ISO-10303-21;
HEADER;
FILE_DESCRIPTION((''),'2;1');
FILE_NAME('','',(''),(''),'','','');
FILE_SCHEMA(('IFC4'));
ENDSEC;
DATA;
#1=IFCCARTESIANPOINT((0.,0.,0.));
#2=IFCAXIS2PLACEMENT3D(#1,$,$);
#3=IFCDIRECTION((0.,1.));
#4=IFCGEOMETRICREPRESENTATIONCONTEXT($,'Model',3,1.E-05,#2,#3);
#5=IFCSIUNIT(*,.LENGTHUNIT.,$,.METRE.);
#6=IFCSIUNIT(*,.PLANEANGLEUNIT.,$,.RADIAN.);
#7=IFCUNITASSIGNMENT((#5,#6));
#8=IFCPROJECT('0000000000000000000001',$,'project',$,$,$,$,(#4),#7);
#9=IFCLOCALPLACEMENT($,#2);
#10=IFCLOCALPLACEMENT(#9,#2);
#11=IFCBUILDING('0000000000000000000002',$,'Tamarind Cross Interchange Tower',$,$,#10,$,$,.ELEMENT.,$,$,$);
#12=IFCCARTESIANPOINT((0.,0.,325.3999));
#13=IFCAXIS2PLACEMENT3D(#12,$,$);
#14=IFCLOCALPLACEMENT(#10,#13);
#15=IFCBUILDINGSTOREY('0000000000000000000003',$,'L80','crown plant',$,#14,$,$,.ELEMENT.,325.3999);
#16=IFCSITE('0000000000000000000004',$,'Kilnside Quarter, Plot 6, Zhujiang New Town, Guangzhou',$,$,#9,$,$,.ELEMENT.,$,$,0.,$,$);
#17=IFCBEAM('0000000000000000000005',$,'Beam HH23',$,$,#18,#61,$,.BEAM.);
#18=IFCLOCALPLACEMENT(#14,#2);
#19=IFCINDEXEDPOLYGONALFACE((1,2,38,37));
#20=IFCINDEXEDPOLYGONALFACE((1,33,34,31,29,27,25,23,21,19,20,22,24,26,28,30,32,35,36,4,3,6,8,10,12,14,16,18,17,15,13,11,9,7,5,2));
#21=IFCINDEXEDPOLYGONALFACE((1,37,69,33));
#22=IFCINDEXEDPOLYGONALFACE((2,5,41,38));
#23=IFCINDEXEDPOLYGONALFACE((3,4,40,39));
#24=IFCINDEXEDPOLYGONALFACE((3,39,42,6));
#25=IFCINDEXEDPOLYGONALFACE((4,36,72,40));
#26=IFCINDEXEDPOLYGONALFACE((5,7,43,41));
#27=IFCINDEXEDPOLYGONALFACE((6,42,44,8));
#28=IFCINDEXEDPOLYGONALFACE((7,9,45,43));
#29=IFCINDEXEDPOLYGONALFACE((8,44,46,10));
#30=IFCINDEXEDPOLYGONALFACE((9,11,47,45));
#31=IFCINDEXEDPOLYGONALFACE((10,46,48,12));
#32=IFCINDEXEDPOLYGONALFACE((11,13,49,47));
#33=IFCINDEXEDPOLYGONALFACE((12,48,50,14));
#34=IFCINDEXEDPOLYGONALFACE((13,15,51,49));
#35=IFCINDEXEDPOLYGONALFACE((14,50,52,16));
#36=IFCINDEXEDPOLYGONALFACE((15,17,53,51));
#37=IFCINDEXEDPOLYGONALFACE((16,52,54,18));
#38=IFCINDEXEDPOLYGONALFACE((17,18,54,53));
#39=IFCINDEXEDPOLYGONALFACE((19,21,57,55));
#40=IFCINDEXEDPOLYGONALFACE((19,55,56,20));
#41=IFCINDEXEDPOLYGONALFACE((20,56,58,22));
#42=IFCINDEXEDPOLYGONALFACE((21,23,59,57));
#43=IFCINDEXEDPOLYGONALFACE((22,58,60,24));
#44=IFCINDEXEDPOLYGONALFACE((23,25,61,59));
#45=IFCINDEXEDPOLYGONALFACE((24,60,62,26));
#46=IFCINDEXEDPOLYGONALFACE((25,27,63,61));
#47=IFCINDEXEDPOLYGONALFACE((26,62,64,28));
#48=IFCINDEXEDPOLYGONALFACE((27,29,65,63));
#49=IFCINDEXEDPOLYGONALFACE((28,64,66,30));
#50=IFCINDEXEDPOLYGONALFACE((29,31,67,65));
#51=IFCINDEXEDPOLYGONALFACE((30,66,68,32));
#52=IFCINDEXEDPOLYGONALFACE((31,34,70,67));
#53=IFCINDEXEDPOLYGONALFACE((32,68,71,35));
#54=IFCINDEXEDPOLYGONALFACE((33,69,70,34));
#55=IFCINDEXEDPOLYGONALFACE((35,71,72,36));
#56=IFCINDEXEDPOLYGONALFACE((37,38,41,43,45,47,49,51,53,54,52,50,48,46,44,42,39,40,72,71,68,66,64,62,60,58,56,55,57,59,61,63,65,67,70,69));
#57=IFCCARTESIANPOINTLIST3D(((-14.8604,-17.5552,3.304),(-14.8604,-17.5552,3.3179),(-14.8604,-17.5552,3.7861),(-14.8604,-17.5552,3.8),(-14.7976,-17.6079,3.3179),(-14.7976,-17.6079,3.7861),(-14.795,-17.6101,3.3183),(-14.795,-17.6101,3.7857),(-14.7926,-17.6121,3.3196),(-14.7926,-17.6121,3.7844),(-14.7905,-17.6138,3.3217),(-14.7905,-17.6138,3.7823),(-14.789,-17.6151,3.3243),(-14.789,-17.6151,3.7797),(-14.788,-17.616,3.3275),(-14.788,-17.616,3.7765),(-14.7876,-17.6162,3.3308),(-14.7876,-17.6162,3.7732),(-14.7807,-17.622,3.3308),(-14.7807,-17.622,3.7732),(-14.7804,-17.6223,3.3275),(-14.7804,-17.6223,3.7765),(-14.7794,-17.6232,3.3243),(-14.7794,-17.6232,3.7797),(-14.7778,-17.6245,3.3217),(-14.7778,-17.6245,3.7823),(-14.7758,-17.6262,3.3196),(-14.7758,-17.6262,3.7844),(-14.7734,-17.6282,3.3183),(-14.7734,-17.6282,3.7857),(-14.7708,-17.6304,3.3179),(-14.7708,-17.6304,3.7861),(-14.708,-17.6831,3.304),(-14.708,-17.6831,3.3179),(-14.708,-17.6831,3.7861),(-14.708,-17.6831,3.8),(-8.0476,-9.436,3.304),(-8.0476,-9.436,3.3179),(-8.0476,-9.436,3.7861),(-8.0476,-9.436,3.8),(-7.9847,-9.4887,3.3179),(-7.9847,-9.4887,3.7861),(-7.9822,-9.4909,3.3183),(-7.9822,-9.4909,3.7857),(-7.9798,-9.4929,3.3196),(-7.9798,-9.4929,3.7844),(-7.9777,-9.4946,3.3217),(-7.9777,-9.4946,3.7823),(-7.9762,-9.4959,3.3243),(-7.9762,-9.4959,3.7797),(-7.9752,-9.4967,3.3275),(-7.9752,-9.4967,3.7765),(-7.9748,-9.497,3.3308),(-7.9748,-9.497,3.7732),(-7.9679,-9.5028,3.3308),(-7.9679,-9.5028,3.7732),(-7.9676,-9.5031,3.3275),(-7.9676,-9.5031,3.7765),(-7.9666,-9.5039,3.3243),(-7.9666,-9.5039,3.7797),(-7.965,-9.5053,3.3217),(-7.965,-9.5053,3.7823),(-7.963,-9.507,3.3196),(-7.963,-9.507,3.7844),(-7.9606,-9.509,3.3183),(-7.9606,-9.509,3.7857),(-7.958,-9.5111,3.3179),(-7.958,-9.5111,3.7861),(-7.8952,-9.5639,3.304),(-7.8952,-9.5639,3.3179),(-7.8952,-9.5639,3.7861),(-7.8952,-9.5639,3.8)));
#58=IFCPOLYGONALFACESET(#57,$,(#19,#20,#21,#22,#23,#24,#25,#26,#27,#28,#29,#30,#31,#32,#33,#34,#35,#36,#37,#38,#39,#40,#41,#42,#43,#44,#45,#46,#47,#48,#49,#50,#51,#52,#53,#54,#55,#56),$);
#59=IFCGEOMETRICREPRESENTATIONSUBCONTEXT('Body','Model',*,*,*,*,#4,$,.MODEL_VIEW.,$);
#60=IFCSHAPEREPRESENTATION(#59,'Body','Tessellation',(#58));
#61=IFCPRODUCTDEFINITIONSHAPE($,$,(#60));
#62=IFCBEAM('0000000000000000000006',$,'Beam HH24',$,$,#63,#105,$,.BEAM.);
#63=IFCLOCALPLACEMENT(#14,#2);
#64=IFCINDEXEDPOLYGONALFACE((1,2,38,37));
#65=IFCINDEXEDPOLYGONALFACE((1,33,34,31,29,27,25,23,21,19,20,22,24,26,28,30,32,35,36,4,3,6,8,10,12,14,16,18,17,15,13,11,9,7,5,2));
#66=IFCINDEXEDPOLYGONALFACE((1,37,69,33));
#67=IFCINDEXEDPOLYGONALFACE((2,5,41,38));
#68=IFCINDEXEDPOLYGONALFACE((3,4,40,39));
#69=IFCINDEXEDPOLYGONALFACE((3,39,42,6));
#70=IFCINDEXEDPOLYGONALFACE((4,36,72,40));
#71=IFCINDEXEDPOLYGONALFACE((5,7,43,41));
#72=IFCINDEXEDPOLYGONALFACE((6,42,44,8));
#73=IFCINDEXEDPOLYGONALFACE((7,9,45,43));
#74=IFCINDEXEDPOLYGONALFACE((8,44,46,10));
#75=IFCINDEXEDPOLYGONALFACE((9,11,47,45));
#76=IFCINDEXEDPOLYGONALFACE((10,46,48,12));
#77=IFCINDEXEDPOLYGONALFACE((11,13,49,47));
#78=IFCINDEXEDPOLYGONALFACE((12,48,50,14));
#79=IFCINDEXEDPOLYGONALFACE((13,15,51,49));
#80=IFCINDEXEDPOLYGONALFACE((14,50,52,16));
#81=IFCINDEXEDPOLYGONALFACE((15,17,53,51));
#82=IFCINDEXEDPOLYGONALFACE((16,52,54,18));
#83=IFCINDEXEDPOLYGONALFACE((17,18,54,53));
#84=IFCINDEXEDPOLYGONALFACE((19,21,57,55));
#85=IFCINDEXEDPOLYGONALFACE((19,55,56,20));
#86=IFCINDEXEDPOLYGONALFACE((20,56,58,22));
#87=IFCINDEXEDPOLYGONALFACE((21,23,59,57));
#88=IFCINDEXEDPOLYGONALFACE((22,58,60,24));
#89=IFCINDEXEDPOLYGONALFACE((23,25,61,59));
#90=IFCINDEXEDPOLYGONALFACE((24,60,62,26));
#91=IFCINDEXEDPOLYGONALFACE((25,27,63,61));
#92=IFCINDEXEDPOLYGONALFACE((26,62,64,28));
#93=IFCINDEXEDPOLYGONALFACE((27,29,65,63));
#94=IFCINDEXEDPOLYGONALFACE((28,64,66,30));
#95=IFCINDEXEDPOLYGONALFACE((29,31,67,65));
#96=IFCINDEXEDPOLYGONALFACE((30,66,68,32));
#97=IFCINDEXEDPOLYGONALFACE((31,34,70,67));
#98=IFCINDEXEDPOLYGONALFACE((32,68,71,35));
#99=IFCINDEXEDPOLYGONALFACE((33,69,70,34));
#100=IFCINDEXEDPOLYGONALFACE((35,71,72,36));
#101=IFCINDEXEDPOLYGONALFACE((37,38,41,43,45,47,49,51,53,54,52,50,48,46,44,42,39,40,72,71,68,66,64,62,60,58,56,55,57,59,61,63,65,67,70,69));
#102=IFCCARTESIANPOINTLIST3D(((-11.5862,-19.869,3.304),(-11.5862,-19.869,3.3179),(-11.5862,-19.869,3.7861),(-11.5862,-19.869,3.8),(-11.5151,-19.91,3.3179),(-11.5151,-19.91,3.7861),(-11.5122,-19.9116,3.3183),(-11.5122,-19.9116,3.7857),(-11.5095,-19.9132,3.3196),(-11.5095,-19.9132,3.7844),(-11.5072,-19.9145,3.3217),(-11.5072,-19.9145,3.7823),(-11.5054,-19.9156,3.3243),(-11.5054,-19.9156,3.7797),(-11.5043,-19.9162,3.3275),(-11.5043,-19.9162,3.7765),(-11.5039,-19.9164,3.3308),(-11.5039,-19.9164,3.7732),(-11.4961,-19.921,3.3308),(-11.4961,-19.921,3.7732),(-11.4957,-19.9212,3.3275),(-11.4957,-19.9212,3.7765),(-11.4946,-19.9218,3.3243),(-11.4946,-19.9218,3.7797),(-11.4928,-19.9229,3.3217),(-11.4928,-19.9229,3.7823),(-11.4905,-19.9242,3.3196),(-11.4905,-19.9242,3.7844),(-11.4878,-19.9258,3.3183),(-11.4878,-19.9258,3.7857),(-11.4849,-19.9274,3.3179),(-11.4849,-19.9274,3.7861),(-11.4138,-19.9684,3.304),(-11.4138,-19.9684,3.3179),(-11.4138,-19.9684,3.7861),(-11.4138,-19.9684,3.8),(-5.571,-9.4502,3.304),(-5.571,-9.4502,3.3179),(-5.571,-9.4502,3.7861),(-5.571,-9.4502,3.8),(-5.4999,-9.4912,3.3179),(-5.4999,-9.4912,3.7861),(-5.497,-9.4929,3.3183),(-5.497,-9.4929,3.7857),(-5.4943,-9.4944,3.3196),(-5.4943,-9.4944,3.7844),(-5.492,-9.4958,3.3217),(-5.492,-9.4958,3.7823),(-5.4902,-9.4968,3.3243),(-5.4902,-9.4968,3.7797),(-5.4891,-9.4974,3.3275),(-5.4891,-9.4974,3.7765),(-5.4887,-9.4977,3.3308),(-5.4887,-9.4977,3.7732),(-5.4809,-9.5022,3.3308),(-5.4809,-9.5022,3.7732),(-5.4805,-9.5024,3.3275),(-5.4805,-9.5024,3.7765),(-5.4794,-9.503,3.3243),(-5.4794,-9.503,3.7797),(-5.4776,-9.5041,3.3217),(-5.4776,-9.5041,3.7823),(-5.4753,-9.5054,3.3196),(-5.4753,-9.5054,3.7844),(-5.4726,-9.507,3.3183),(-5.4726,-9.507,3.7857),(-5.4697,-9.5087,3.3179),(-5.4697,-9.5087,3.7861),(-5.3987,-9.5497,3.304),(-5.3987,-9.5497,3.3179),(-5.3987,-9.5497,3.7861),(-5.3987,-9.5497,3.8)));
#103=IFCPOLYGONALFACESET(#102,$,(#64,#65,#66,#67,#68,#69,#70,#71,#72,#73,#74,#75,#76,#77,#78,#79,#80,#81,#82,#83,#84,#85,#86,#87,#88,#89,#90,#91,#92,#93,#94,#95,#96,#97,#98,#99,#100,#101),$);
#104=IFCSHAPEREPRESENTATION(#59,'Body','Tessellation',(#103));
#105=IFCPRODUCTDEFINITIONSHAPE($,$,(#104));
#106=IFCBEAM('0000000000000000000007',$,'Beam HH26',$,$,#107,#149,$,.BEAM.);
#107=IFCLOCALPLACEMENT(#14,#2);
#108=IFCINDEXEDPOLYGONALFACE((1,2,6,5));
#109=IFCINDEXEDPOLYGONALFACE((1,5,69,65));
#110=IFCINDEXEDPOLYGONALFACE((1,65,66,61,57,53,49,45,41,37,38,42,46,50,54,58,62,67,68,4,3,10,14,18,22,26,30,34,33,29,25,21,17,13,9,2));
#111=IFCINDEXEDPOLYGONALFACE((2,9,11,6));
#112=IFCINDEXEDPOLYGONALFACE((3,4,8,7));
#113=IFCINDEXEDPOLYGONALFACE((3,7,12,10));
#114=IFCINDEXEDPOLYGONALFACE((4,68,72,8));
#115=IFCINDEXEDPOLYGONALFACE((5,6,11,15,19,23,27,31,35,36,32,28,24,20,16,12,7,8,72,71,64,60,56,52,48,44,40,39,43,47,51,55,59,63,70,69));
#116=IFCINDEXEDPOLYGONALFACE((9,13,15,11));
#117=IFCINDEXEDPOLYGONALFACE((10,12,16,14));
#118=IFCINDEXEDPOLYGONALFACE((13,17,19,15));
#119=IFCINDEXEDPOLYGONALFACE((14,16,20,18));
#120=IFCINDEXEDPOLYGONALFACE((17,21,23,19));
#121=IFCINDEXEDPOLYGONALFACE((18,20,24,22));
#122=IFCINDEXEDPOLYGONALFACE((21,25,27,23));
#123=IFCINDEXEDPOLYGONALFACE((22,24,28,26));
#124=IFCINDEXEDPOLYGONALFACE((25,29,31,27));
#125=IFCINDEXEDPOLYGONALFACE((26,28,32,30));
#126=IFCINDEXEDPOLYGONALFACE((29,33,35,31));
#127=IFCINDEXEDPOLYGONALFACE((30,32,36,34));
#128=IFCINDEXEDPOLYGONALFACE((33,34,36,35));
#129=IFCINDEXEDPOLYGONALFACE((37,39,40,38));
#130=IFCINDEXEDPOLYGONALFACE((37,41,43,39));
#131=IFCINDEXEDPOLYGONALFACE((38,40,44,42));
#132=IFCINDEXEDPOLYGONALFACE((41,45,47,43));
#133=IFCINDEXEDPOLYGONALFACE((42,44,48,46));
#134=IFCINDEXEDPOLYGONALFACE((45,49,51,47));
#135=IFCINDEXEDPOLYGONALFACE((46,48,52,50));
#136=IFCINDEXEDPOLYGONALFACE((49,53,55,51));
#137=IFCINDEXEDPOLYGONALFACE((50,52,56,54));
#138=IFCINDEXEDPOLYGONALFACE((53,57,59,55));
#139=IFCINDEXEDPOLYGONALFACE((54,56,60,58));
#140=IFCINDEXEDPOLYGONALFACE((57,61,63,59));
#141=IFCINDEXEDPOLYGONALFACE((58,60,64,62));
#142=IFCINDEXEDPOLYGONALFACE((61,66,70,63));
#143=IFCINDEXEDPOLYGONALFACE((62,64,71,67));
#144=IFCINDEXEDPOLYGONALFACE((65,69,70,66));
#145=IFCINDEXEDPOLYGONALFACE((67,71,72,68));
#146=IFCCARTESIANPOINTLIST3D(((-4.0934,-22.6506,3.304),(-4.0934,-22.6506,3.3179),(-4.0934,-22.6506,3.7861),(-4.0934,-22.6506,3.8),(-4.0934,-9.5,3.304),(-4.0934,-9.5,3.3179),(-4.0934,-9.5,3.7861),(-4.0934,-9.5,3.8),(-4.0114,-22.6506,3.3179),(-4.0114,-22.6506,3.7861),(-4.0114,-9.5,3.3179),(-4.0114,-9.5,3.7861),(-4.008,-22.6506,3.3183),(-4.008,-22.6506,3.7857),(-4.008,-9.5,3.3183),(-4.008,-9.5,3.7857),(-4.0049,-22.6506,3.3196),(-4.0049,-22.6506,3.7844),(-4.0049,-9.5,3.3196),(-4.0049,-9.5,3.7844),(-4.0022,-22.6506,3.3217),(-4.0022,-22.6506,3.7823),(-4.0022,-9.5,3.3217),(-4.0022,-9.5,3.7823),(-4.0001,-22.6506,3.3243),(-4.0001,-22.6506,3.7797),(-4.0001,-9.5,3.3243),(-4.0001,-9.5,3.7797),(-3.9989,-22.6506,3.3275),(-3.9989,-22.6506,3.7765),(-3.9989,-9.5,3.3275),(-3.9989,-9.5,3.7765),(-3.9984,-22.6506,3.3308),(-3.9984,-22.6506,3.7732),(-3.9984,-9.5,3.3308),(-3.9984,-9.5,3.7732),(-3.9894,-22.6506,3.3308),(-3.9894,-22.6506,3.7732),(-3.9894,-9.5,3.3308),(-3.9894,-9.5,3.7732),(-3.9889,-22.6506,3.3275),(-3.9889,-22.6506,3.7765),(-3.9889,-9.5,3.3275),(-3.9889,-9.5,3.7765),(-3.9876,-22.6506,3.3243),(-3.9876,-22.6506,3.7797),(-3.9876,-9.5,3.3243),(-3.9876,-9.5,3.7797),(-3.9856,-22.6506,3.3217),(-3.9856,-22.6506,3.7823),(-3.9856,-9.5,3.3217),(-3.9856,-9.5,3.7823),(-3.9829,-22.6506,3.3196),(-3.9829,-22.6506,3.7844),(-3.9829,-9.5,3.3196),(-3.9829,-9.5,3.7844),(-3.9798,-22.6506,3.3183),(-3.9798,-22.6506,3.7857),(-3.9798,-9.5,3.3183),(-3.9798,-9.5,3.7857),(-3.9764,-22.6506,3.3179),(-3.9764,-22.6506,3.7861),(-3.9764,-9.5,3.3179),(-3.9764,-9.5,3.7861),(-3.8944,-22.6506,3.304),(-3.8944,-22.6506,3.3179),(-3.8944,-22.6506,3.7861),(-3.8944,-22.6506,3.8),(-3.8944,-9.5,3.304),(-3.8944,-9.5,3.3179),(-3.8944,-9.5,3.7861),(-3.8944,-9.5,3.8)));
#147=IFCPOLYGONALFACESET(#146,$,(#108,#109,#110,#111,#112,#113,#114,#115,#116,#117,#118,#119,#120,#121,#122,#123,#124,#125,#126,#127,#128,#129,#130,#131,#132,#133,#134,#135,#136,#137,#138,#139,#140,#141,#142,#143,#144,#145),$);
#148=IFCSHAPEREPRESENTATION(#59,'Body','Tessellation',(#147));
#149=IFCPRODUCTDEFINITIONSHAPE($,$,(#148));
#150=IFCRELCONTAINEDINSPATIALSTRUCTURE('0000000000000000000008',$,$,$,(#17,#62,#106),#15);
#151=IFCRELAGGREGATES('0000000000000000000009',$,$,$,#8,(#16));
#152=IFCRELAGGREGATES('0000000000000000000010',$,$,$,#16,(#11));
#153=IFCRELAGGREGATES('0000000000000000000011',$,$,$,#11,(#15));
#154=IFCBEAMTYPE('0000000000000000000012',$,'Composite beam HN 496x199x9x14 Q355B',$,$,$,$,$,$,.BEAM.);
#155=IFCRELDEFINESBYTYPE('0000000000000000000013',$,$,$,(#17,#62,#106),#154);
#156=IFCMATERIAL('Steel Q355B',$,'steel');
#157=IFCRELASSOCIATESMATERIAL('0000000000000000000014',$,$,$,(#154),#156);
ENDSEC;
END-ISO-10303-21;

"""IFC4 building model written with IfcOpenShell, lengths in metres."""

from ifc_helpers import new_model, si_unit, direction, frame, origin, origin_2d, place, context, subcontext, project, spatial, i_section, extrude, material, material_profile, profile_set, type_object, element, save


model = new_model("IFC4")

# Units and contexts
model_context = context("Model", 3, precision=1e-05, world=origin(), true_north=direction((0.0, 1.0)))
body_context = subcontext(model_context, "Body", "Model", "MODEL_VIEW")
ifc_project = project(units=[si_unit("LENGTHUNIT", "METRE"), si_unit("PLANEANGLEUNIT", "RADIAN")], contexts=[model_context])

# Site, building, storey
site_placement = place(None, origin())
site = spatial("IfcSite", under=ifc_project, at=site_placement, Name="Kilnside Quarter, Plot 6, Zhujiang New Town, Guangzhou", CompositionType="ELEMENT", RefElevation=0.0)
building_placement = place(site_placement, origin())
building = spatial("IfcBuilding", under=site, at=building_placement, Name="Tamarind Cross Interchange Tower", CompositionType="ELEMENT")
storey_placement = place(building_placement, frame((0.0, 0.0, 325.3999)))
storey = spatial("IfcBuildingStorey", under=building, at=storey_placement, Name="L80", Description="crown plant", CompositionType="ELEMENT", Elevation=325.3999)

# Beams
ifc_material_1 = material(Name="Steel Q355B", Category="steel")
ifc_material_profile_1 = material_profile(ifc_material_1, i_section(OverallWidth=0.199, OverallDepth=0.4961, WebThickness=0.009, FlangeThickness=0.0139, FilletRadius=0.0129, at=origin_2d()), Name="HN 496x199x9x14")
ifc_profile_set_1 = profile_set([ifc_material_profile_1], Name="Steel Q355B")
beam_type_1 = type_object("IfcBeamType", Name="Composite beam HN 496x199x9x14 Q355B", PredefinedType="BEAM", material=ifc_profile_set_1)
beam_1_placement = place(storey_placement, frame((-14.7842, -17.6191, 3.552), z_axis=(0.642786, 0.766046, 0.0), x_axis=(-0.766046, 0.642786, 0.0)))
element("IfcBeam", 1, at=beam_1_placement, inside=storey, type_object=beam_type_1, Name="Beam HH23", PredefinedType="BEAM", context=body_context, shape_type="SweptSolid", body=[
    extrude(i_section(OverallWidth=0.199, OverallDepth=0.4961, WebThickness=0.009, FlangeThickness=0.0139, FilletRadius=0.0129, at=origin_2d()), origin(), (0.0, 0.0, 1.0), 10.5989),
])
beam_2_placement = place(storey_placement, frame((-11.5, -19.9187, 3.552), z_axis=(0.499994, 0.866029, 0.0), x_axis=(-0.866029, 0.499994, 0.0)))
element("IfcBeam", 2, at=beam_2_placement, inside=storey, type_object=beam_type_1, Name="Beam HH24", PredefinedType="BEAM", context=body_context, shape_type="SweptSolid", body=[
    extrude(i_section(OverallWidth=0.199, OverallDepth=0.4961, WebThickness=0.009, FlangeThickness=0.0139, FilletRadius=0.0129, at=origin_2d()), origin(), (0.0, 0.0, 1.0), 12.0305),
])
beam_3_placement = place(storey_placement, frame((-3.9939, -22.6506, 3.552), z_axis=(0.0, 1.0, 0.0), x_axis=(-1.0, 0.0, 0.0)))
element("IfcBeam", 3, at=beam_3_placement, inside=storey, type_object=beam_type_1, Name="Beam HH26", PredefinedType="BEAM", context=body_context, shape_type="SweptSolid", body=[
    extrude(i_section(OverallWidth=0.199, OverallDepth=0.4961, WebThickness=0.009, FlangeThickness=0.0139, FilletRadius=0.0129, at=origin_2d()), origin(), (0.0, 0.0, 1.0), 13.1506),
])

save(model, "model.ifc")
